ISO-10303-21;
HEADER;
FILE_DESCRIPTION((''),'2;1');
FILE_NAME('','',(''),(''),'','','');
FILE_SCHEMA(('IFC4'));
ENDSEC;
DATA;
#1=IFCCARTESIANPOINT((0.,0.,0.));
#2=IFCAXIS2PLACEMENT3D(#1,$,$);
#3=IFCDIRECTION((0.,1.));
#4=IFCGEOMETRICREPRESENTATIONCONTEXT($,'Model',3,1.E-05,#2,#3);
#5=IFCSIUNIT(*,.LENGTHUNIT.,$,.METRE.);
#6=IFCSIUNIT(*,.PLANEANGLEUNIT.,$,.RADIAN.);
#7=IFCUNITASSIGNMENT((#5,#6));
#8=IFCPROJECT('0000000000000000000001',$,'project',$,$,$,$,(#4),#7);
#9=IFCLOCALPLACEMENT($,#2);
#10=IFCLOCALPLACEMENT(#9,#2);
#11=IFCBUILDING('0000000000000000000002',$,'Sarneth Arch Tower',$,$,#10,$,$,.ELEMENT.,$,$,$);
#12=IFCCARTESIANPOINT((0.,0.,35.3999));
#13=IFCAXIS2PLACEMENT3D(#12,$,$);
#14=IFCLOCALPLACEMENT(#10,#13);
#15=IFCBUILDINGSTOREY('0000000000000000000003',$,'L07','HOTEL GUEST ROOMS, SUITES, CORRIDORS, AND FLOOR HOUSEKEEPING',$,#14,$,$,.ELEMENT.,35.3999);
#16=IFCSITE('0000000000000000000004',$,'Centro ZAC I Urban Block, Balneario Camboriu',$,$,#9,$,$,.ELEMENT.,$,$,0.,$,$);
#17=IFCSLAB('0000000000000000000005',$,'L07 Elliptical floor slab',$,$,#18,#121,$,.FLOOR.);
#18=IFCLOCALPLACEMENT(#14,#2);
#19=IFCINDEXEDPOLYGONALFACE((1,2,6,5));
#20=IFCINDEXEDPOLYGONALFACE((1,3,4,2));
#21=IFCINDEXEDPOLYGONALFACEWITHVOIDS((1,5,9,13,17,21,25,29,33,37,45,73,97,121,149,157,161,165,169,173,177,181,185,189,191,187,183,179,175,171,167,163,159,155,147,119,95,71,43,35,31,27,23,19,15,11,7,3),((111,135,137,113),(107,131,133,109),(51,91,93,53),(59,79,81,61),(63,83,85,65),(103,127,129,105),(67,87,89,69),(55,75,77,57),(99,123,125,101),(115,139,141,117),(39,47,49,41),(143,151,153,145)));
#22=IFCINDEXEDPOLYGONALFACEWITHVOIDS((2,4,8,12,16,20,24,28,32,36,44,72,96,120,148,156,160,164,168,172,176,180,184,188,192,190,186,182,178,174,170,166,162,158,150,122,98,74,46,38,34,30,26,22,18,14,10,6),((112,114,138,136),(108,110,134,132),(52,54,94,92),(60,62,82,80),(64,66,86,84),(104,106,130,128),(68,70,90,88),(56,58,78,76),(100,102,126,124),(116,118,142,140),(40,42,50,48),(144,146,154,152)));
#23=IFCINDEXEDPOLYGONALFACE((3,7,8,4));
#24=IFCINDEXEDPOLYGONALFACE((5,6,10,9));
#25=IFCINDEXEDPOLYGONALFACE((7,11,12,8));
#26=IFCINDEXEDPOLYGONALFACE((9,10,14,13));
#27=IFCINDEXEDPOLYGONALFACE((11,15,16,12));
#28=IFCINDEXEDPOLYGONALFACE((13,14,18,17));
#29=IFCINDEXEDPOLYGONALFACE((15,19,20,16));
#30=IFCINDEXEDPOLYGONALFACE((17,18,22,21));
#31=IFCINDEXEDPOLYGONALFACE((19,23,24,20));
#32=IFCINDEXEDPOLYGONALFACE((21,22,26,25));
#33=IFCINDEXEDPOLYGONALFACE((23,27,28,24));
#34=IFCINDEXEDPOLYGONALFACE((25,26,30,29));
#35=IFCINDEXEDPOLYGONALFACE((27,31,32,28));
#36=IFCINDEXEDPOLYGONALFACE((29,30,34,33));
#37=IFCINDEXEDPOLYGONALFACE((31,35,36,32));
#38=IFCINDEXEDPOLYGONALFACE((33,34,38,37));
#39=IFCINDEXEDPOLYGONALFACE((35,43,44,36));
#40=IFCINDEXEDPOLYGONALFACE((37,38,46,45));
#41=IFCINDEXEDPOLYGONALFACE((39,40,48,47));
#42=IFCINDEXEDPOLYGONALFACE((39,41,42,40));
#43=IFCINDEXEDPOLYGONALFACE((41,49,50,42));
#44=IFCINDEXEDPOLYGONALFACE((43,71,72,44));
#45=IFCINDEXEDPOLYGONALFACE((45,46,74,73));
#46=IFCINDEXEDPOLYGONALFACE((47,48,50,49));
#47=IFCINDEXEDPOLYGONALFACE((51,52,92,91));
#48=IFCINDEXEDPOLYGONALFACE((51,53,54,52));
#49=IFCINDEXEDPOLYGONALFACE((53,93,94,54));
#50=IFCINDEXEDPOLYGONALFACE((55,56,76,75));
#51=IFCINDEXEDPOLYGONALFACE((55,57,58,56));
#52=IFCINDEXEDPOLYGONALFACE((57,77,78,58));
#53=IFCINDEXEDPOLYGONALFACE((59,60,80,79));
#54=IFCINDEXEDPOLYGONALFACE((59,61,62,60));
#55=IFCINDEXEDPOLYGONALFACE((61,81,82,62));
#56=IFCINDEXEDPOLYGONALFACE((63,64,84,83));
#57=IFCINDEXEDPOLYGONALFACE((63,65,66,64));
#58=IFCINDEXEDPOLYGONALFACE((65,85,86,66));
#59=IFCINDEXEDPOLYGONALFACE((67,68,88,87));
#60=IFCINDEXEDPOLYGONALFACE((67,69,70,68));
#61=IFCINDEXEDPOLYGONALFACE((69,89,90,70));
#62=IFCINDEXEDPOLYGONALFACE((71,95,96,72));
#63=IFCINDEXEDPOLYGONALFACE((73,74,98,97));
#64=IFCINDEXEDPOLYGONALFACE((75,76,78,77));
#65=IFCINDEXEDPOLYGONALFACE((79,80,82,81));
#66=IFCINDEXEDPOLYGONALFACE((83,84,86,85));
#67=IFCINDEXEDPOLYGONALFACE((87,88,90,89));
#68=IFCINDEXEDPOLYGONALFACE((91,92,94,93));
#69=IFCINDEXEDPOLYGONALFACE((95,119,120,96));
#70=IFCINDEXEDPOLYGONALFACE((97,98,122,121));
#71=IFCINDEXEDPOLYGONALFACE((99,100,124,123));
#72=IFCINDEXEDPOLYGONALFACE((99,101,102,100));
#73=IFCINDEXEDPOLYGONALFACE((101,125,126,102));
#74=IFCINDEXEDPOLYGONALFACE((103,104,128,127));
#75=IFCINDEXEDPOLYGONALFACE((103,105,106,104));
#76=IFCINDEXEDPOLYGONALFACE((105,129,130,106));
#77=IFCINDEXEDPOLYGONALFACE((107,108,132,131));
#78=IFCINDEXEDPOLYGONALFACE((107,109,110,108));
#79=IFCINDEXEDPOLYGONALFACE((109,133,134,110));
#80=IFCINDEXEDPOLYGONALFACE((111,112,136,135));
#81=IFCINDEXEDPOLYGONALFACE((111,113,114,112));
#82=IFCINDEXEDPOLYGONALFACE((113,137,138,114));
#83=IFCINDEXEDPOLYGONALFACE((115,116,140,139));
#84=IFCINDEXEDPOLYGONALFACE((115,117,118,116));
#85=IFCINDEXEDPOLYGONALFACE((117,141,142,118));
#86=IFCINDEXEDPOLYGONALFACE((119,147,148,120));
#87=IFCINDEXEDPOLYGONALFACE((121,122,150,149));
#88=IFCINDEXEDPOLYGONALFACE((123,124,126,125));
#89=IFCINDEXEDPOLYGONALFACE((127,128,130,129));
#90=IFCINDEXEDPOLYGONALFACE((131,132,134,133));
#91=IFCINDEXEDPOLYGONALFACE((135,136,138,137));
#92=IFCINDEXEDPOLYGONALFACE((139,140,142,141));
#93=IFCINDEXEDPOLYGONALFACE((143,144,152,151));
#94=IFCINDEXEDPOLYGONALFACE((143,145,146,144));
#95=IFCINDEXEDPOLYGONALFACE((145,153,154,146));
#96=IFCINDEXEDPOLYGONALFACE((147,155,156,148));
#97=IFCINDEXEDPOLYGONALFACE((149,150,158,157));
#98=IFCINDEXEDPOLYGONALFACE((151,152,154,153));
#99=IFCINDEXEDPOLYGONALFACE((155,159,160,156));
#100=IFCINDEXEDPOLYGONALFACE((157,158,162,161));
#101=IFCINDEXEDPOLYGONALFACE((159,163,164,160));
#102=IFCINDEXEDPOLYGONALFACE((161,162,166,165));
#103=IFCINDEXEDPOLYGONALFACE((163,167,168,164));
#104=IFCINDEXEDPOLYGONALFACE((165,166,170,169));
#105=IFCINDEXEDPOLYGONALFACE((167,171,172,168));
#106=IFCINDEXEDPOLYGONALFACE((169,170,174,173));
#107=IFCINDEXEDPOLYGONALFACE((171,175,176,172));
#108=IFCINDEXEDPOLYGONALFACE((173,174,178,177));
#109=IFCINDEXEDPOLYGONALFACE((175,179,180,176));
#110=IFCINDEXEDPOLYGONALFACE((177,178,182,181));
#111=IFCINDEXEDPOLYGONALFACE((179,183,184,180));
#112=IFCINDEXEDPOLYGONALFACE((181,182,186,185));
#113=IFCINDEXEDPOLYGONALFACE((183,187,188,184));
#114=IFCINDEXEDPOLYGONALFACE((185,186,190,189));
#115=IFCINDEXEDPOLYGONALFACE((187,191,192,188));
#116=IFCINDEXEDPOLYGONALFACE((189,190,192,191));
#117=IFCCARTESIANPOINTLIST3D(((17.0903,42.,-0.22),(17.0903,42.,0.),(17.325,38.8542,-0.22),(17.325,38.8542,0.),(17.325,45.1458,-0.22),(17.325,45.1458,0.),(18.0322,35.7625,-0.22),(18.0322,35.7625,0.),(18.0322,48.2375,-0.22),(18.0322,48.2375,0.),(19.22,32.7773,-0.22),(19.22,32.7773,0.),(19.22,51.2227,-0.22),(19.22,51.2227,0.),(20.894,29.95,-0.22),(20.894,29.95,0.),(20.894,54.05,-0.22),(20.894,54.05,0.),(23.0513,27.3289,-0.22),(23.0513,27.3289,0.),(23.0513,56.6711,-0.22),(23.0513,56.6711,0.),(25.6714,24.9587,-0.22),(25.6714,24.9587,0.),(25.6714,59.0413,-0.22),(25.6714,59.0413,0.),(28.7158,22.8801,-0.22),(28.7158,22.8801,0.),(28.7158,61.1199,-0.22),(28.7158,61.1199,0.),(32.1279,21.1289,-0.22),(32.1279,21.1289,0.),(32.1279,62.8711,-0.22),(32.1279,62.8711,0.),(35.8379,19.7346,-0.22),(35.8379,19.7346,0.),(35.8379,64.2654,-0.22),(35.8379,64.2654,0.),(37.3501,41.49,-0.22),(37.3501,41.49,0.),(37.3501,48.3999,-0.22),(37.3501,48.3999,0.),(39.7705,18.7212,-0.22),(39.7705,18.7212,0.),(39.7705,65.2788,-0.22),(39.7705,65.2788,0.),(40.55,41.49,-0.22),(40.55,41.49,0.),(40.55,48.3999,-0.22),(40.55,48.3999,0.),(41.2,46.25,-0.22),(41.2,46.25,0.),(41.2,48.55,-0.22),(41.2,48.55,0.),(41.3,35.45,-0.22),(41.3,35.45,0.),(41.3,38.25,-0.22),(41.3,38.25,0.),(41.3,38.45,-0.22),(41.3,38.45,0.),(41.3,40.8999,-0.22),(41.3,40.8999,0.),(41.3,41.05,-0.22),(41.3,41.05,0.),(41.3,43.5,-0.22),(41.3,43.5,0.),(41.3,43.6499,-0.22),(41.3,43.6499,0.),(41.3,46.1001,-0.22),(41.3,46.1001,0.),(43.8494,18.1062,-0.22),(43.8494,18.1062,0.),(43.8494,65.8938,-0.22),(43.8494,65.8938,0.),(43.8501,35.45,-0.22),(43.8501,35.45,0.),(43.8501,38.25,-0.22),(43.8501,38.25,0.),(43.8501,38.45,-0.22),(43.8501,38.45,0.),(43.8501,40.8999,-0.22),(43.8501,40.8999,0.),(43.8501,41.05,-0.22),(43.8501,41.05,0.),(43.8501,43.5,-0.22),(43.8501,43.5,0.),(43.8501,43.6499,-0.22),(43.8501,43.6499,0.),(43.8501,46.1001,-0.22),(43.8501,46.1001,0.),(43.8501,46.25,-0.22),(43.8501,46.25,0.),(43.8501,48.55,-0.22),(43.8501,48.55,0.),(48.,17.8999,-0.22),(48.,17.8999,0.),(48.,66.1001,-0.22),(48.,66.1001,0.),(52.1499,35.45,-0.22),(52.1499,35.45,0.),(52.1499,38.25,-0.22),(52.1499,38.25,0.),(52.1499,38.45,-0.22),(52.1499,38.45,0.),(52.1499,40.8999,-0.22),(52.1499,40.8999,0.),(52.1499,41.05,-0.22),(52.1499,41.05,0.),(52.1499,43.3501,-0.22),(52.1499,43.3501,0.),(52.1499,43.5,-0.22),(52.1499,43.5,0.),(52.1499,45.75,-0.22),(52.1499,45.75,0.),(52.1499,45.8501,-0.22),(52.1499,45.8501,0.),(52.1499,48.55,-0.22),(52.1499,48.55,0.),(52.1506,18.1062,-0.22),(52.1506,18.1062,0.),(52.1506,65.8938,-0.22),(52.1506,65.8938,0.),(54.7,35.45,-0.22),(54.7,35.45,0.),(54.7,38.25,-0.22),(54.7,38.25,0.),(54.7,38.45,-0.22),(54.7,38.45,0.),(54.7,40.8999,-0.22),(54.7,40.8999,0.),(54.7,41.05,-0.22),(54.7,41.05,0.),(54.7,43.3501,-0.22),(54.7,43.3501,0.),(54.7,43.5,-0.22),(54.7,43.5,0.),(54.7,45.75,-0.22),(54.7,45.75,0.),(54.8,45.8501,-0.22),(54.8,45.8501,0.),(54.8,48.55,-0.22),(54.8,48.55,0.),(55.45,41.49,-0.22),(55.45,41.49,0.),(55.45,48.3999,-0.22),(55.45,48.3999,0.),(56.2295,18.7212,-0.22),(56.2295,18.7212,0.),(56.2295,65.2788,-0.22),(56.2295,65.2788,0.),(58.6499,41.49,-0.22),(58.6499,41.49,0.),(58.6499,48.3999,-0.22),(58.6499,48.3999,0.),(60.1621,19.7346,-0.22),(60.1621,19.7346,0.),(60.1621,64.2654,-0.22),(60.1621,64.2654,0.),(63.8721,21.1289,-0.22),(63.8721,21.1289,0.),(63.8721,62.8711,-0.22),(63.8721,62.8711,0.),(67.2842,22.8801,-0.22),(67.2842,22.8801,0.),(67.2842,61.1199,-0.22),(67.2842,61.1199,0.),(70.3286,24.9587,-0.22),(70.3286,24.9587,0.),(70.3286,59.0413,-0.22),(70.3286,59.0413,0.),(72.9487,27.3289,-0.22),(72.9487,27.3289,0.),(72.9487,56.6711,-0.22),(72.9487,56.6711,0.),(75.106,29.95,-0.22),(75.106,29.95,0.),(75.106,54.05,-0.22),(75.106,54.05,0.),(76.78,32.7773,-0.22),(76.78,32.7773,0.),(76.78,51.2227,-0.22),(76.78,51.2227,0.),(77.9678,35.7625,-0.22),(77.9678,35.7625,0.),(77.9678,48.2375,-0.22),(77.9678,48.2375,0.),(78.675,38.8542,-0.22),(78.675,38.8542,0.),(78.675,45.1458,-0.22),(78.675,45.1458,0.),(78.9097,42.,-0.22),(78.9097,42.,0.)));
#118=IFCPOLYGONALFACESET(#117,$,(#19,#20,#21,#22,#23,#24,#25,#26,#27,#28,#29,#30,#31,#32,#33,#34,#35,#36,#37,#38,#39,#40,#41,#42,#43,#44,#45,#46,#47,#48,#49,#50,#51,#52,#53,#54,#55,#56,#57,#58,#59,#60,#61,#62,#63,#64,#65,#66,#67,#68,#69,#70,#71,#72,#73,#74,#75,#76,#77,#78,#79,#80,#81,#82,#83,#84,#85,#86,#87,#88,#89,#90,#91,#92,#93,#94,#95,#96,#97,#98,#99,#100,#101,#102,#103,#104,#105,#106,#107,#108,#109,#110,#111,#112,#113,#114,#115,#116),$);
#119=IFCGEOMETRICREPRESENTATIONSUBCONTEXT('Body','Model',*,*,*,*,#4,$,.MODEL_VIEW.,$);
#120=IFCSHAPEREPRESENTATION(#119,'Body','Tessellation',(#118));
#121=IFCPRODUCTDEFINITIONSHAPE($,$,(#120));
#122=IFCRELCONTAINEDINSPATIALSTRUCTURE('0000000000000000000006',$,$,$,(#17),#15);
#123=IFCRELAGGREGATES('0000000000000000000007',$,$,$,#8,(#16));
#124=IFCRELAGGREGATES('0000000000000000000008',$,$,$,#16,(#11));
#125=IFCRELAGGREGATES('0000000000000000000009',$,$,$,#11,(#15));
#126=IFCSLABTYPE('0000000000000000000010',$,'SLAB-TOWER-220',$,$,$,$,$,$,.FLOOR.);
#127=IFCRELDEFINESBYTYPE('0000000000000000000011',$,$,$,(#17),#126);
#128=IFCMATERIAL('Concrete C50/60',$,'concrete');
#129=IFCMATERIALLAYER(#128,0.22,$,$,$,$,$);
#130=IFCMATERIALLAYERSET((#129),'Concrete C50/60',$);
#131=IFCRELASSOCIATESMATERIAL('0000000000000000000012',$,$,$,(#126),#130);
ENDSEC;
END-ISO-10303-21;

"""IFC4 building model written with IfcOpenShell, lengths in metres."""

from ifc_helpers import new_model, si_unit, direction, frame, origin, place, context, subcontext, project, spatial, polyline, outline, extrude, material, layer, layer_set, type_object, element, save


model = new_model("IFC4")

# Units and contexts
model_context = context("Model", 3, precision=1e-05, world=origin(), true_north=direction((0.0, 1.0)))
body_context = subcontext(model_context, "Body", "Model", "MODEL_VIEW")
ifc_project = project(units=[si_unit("LENGTHUNIT", "METRE"), si_unit("PLANEANGLEUNIT", "RADIAN")], contexts=[model_context])

# Site, building, storey
site_placement = place(None, origin())
site = spatial("IfcSite", under=ifc_project, at=site_placement, Name="Centro ZAC I Urban Block, Balneario Camboriu", CompositionType="ELEMENT", RefElevation=0.0)
building_placement = place(site_placement, origin())
building = spatial("IfcBuilding", under=site, at=building_placement, Name="Sarneth Arch Tower", CompositionType="ELEMENT")
storey_placement = place(building_placement, frame((0.0, 0.0, 35.3999)))
storey = spatial("IfcBuildingStorey", under=building, at=storey_placement, Name="L07", Description="HOTEL GUEST ROOMS, SUITES, CORRIDORS, AND FLOOR HOUSEKEEPING", CompositionType="ELEMENT", Elevation=35.3999)

# Slab
ifc_material_1 = material(Name="Concrete C50/60", Category="concrete")
ifc_layer_1 = layer(ifc_material_1, 0.22)
ifc_layer_set_1 = layer_set([ifc_layer_1], Name="Concrete C50/60")
slab_type_1 = type_object("IfcSlabType", Name="SLAB-TOWER-220", PredefinedType="FLOOR", material=ifc_layer_set_1)
slab_1_placement = place(storey_placement, frame((0.0, 0.0, -0.22)))
element("IfcSlab", 1, at=slab_1_placement, inside=storey, type_object=slab_type_1, Name="L07 Elliptical floor slab", PredefinedType="FLOOR", context=body_context, shape_type="SweptSolid", body=[
    extrude(outline(polyline([(78.9097, 42.0), (78.675, 45.1458), (77.9678, 48.2375), (76.78, 51.2227), (75.106, 54.05), (72.9487, 56.6711), (70.3286, 59.0413), (67.2842, 61.1199), (63.8721, 62.8711), (60.1621, 64.2654), (56.2295, 65.2788), (52.1506, 65.8938), (48.0, 66.1001), (43.8494, 65.8938), (39.7705, 65.2788), (35.8379, 64.2654), (32.1279, 62.8711), (28.7158, 61.1199), (25.6714, 59.0413), (23.0513, 56.6711), (20.894, 54.05), (19.22, 51.2227), (18.0322, 48.2375), (17.325, 45.1458), (17.0903, 42.0), (17.325, 38.8542), (18.0322, 35.7625), (19.22, 32.7773), (20.894, 29.95), (23.0513, 27.3289), (25.6714, 24.9587), (28.7158, 22.8801), (32.1279, 21.1289), (35.8379, 19.7346), (39.7705, 18.7212), (43.8494, 18.1062), (48.0, 17.8999), (52.1506, 18.1062), (56.2295, 18.7212), (60.1621, 19.7346), (63.8721, 21.1289), (67.2842, 22.8801), (70.3286, 24.9587), (72.9487, 27.3289), (75.106, 29.95), (76.78, 32.7773), (77.9678, 35.7625), (78.675, 38.8542), (78.9097, 42.0)]), holes=[polyline([(37.3501, 41.49), (40.55, 41.49), (40.55, 48.3999), (37.3501, 48.3999), (37.3501, 41.49)]), polyline([(55.45, 41.49), (58.6499, 41.49), (58.6499, 48.3999), (55.45, 48.3999), (55.45, 41.49)]), polyline([(41.2, 46.25), (43.8501, 46.25), (43.8501, 48.55), (41.2, 48.55), (41.2, 46.25)]), polyline([(41.3, 35.45), (43.8501, 35.45), (43.8501, 38.25), (41.3, 38.25), (41.3, 35.45)]), polyline([(52.1499, 35.45), (54.7, 35.45), (54.7, 38.25), (52.1499, 38.25), (52.1499, 35.45)]), polyline([(52.1499, 45.8501), (54.8, 45.8501), (54.8, 48.55), (52.1499, 48.55), (52.1499, 45.8501)]), polyline([(41.3, 38.45), (43.8501, 38.45), (43.8501, 40.8999), (41.3, 40.8999), (41.3, 38.45)]), polyline([(41.3, 41.05), (43.8501, 41.05), (43.8501, 43.5), (41.3, 43.5), (41.3, 41.05)]), polyline([(41.3, 43.6499), (43.8501, 43.6499), (43.8501, 46.1001), (41.3, 46.1001), (41.3, 43.6499)]), polyline([(52.1499, 38.45), (54.7, 38.45), (54.7, 40.8999), (52.1499, 40.8999), (52.1499, 38.45)]), polyline([(52.1499, 41.05), (54.7, 41.05), (54.7, 43.3501), (52.1499, 43.3501), (52.1499, 41.05)]), polyline([(52.1499, 43.5), (54.7, 43.5), (54.7, 45.75), (52.1499, 45.75), (52.1499, 43.5)])]), origin(), (0.0, 0.0, 1.0), 0.22),
])

save(model, "model.ifc")
